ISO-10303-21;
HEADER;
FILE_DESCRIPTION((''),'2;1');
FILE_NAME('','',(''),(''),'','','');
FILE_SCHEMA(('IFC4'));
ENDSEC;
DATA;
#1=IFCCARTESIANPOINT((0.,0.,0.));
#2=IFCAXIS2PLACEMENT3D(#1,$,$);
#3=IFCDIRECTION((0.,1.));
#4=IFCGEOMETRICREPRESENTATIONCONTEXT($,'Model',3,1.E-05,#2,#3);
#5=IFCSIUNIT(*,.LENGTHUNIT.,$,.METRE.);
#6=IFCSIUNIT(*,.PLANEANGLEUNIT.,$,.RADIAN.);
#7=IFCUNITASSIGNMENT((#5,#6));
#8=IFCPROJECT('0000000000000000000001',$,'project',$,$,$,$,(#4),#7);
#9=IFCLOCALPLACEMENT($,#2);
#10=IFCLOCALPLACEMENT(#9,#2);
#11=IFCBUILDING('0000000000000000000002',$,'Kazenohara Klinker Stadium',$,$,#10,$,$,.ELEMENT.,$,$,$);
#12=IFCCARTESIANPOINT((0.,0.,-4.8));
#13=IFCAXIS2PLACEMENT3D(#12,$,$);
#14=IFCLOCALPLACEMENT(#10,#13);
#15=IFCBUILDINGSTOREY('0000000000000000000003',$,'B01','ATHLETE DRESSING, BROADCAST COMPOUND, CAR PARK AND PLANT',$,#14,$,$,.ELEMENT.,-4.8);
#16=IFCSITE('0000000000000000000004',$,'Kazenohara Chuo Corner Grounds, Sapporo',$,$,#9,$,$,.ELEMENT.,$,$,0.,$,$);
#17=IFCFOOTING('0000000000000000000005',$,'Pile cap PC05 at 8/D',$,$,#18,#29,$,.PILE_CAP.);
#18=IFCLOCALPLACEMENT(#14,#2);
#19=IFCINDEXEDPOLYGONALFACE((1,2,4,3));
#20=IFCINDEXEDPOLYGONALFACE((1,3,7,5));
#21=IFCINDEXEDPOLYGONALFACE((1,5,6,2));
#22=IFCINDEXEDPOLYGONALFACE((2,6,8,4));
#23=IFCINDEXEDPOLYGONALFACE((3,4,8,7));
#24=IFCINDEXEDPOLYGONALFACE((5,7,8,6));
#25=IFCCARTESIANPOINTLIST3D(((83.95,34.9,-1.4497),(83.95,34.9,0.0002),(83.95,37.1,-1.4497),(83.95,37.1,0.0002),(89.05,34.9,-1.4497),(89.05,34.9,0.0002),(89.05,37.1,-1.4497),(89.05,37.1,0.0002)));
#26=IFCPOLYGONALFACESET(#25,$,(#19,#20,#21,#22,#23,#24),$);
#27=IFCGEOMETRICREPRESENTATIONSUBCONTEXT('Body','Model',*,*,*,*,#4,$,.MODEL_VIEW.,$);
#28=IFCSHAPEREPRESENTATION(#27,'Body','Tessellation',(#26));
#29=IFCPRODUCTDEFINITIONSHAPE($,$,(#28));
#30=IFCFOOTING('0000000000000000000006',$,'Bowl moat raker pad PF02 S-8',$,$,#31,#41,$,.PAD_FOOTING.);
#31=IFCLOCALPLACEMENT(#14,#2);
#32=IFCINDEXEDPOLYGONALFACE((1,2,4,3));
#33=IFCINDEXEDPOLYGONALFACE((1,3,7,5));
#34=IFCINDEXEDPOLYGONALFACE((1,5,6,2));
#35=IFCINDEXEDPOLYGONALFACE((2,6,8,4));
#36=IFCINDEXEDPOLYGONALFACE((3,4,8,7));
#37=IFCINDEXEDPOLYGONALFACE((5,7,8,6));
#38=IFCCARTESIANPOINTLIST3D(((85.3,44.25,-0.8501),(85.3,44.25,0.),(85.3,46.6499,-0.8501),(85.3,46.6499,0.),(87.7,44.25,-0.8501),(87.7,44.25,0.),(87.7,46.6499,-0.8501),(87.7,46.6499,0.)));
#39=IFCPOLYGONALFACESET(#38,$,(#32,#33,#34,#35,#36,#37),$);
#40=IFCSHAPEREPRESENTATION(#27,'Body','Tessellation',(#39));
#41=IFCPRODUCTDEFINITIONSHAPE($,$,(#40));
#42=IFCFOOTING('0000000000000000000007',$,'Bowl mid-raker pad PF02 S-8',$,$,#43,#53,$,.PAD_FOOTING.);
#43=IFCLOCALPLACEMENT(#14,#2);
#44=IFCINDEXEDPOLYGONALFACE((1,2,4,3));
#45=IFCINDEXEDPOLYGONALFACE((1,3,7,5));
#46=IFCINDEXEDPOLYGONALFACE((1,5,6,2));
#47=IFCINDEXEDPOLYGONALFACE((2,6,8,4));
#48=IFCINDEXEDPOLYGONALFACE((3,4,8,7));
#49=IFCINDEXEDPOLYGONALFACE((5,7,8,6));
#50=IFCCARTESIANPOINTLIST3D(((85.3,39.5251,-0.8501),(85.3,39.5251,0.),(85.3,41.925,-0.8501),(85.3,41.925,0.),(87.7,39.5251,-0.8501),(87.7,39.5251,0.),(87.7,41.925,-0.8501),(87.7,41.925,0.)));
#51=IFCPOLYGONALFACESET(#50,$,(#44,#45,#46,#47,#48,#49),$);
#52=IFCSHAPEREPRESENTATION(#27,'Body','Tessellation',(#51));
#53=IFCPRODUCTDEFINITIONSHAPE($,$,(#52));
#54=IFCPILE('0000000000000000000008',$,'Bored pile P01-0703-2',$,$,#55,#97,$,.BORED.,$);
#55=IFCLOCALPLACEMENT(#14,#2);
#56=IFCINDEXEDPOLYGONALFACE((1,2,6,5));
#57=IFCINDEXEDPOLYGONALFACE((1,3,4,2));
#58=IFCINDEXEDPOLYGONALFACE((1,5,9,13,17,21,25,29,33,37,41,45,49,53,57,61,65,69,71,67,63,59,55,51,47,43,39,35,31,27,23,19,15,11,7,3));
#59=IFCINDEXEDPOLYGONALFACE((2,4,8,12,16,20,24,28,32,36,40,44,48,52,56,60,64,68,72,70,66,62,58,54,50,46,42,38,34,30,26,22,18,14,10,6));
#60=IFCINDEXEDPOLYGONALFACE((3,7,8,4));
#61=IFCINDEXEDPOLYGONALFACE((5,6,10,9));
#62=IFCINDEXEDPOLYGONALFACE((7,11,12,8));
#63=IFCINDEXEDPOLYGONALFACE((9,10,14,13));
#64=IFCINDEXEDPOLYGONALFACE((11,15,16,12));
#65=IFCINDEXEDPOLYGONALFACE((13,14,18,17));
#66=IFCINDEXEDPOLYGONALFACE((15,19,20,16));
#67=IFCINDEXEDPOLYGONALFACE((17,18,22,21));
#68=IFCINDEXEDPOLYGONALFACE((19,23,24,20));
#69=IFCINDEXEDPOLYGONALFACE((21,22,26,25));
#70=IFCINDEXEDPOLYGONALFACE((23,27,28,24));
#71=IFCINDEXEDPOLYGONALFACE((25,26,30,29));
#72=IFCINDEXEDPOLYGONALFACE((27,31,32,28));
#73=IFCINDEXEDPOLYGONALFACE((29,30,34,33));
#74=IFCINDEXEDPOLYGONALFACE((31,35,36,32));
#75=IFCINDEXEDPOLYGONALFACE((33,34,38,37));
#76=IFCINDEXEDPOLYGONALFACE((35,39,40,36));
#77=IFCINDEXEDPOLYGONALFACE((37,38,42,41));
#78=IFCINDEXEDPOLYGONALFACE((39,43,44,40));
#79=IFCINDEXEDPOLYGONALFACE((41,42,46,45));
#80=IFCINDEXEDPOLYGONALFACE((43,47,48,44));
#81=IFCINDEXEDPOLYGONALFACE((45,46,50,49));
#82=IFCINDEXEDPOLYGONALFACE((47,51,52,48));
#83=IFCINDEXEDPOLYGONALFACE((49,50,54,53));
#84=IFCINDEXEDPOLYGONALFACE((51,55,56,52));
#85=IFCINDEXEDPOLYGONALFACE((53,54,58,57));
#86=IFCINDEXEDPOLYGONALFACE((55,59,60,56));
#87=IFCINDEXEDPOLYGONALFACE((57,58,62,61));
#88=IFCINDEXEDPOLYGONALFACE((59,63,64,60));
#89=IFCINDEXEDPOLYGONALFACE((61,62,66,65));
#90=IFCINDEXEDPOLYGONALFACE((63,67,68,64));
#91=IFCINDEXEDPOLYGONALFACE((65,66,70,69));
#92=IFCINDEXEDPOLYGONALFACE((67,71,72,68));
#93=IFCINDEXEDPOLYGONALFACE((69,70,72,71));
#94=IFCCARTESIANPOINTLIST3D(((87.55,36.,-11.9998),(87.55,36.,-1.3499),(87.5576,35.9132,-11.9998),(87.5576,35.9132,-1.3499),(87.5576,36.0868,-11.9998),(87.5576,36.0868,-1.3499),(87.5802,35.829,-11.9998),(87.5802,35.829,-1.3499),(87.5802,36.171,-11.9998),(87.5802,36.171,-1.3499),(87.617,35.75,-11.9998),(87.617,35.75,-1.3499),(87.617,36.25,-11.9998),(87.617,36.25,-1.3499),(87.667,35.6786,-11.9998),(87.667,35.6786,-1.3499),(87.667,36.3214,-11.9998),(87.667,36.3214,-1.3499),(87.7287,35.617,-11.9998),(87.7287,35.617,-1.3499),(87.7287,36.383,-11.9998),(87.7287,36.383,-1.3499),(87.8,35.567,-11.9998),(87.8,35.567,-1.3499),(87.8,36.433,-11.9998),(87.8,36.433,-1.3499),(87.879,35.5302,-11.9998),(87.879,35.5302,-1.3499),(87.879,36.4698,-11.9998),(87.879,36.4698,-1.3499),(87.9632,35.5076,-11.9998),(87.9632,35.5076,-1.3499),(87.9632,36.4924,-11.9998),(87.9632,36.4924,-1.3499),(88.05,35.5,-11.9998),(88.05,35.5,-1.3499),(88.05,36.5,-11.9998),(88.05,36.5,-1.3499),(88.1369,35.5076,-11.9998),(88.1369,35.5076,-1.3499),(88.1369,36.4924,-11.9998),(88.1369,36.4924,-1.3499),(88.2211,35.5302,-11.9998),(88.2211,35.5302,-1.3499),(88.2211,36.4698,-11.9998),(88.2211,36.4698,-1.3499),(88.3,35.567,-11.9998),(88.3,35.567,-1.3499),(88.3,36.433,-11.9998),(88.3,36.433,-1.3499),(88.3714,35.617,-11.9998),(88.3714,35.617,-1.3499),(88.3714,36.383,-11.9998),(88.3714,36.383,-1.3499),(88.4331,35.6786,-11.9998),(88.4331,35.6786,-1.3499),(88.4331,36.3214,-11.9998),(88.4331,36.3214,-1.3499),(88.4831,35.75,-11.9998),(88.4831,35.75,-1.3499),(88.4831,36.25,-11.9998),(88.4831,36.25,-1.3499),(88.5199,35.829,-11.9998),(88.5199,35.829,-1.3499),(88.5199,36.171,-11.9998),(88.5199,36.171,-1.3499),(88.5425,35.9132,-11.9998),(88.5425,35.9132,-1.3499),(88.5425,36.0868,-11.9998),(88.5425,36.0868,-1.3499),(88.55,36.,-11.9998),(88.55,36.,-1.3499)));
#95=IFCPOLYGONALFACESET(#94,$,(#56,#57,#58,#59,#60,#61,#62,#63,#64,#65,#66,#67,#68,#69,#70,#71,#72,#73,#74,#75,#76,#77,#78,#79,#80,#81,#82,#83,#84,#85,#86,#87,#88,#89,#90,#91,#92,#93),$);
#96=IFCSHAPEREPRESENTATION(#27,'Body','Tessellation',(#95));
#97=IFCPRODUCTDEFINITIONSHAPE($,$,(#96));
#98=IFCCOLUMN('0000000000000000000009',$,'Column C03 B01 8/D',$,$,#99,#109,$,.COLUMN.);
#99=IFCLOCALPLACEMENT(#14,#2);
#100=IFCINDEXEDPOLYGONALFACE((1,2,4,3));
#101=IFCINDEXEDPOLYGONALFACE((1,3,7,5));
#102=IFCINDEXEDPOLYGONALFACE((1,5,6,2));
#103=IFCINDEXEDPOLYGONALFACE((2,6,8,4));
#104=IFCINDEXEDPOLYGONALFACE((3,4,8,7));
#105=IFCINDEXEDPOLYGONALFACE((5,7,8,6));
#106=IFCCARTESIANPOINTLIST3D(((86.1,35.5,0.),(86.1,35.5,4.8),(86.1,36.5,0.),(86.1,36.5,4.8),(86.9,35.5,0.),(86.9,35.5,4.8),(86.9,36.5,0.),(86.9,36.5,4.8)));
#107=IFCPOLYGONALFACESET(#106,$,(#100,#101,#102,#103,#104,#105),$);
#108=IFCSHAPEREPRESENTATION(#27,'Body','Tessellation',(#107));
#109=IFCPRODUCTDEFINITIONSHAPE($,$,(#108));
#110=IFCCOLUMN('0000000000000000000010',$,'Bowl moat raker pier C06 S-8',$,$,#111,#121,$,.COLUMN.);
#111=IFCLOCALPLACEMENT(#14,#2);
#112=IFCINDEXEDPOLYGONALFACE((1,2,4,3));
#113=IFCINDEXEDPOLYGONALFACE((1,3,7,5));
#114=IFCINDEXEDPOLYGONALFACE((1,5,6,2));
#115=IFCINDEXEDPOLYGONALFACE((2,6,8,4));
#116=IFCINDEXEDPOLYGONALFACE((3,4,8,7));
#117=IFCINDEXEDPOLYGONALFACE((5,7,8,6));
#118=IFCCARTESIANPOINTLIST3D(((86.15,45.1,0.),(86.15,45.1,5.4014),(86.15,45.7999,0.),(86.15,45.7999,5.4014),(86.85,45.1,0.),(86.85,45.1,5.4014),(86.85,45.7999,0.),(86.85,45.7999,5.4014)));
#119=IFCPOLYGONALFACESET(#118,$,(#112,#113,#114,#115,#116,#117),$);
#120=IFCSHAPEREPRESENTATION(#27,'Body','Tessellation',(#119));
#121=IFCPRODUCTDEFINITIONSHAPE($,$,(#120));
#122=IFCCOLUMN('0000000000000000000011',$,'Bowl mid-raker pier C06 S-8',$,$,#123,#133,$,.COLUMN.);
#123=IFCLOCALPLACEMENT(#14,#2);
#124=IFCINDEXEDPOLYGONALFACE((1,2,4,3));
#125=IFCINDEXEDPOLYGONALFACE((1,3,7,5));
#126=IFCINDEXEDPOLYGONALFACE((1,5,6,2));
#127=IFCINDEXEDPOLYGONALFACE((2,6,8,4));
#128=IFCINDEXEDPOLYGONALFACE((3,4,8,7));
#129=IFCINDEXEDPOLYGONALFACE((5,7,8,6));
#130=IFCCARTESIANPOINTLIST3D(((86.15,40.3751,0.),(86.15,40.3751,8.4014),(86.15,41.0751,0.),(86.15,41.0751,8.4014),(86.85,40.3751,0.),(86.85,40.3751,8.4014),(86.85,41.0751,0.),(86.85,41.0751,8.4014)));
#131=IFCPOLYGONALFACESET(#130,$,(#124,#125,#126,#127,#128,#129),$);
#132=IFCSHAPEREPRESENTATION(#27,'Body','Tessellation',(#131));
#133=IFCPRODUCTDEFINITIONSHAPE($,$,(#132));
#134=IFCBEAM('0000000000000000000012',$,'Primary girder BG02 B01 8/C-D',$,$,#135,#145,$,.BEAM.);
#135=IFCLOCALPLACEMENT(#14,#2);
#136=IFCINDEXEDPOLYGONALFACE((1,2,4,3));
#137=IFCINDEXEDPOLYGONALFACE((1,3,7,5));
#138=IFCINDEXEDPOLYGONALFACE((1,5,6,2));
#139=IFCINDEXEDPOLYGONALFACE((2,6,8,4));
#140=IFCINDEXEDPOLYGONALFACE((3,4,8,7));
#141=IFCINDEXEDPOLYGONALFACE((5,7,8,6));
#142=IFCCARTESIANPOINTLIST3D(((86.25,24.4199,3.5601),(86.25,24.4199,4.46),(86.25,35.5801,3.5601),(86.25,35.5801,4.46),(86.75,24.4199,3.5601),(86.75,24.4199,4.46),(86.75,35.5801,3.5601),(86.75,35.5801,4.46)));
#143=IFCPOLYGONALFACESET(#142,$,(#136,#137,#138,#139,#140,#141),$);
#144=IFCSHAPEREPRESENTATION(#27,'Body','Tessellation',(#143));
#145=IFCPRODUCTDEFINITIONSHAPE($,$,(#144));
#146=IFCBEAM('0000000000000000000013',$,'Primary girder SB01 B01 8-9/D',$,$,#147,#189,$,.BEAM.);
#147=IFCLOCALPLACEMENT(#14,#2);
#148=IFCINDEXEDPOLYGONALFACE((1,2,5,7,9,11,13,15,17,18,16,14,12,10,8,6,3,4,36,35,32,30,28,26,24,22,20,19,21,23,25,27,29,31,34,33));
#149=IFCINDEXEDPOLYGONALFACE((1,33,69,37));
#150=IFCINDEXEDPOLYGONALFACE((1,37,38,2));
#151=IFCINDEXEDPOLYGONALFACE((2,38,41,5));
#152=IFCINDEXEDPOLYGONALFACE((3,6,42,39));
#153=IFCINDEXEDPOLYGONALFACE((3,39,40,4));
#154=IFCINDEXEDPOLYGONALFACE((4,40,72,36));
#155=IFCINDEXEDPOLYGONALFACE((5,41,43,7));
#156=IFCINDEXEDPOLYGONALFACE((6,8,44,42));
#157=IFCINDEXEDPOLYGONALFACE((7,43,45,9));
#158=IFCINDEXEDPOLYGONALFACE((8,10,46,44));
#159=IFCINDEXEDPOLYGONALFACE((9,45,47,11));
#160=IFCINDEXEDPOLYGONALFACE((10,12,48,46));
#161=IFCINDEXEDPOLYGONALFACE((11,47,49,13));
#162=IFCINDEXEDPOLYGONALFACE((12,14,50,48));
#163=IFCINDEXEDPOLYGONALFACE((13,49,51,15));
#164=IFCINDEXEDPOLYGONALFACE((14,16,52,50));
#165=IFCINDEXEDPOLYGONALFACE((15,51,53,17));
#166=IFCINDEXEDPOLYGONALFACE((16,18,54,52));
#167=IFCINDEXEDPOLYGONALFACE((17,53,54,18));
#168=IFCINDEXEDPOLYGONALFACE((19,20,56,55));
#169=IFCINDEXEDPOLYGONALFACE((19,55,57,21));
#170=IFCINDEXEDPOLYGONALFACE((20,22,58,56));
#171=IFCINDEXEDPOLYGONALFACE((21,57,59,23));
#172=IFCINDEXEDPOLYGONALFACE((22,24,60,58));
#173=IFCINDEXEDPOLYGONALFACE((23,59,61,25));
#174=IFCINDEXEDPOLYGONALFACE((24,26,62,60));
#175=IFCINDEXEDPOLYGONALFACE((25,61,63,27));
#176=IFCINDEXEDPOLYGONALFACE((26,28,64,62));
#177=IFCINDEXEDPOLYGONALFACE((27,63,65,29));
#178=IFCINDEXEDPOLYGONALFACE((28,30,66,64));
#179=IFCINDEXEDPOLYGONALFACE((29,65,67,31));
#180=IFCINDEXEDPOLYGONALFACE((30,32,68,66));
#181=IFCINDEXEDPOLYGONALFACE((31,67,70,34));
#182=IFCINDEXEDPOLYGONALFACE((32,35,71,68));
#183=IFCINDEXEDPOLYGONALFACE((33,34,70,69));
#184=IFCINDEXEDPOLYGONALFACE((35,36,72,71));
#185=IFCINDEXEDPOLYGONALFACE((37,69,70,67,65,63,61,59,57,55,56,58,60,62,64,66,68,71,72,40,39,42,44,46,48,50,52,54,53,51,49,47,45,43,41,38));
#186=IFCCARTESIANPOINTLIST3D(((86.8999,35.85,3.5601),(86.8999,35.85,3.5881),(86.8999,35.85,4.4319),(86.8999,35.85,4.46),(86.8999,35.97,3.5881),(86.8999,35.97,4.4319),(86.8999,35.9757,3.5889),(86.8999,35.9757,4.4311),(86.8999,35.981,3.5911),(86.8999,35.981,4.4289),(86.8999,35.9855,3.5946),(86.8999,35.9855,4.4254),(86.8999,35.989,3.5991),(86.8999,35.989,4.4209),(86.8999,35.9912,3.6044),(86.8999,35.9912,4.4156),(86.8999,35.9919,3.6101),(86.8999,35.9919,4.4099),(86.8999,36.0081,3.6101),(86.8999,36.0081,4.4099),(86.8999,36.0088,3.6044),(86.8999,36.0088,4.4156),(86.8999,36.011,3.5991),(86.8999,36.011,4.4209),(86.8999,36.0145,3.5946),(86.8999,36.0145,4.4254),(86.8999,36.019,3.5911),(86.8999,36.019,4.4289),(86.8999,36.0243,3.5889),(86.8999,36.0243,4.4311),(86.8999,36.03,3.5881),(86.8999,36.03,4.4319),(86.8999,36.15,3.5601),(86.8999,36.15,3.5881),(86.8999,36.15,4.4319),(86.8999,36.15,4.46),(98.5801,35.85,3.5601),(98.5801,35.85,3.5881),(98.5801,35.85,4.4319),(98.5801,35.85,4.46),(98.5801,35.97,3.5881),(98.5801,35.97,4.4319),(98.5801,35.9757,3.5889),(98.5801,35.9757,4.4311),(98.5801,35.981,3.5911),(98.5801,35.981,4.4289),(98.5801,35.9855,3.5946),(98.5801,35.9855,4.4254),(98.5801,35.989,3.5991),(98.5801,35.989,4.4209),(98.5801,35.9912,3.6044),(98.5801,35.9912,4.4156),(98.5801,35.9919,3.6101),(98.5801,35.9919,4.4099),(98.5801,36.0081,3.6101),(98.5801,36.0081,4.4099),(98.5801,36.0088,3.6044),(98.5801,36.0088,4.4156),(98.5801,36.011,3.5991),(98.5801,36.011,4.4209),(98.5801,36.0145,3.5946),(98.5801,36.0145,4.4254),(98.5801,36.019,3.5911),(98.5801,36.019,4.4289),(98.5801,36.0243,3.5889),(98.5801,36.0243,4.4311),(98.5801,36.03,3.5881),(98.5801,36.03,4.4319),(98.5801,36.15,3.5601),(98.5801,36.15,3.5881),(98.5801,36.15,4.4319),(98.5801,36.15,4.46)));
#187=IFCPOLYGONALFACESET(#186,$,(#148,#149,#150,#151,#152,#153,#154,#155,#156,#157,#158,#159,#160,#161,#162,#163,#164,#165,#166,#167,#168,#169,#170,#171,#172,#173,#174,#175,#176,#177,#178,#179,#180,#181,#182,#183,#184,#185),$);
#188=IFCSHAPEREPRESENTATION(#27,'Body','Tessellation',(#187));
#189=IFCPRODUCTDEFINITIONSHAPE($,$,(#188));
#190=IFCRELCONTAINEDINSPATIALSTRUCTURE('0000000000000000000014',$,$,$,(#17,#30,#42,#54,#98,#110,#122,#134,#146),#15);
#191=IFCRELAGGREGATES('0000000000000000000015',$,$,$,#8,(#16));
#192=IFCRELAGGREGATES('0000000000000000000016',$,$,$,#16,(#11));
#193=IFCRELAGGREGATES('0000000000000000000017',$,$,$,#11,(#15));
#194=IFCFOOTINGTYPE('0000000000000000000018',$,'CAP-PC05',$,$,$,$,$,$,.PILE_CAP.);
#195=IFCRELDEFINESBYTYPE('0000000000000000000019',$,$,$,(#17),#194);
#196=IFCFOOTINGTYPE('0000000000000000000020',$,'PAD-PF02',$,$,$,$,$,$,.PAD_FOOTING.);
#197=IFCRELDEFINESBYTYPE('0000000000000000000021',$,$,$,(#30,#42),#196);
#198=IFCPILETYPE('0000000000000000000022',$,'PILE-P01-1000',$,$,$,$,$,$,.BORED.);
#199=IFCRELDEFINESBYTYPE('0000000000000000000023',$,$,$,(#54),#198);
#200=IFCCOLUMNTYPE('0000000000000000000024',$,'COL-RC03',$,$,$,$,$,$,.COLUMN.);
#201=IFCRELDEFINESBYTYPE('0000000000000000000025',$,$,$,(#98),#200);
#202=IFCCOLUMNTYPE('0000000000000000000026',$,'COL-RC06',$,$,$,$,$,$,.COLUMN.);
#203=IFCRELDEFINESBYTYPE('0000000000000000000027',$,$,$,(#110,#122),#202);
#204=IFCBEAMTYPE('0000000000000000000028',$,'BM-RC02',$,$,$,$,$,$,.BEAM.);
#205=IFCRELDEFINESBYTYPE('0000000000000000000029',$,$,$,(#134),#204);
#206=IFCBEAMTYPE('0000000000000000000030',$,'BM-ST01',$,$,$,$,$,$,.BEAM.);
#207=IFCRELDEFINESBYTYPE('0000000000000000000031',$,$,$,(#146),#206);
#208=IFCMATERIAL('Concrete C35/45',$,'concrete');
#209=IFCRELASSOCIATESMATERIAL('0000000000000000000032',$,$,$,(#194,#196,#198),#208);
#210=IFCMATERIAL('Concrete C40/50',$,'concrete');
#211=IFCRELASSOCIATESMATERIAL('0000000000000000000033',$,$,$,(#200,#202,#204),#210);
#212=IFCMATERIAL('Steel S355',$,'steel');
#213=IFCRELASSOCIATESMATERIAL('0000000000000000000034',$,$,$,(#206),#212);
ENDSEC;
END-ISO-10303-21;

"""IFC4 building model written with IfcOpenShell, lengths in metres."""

from ifc_helpers import new_model, si_unit, direction, frame, origin, origin_2d, place, context, subcontext, project, spatial, rectangle, circle, i_section, extrude, material, material_profile, profile_set, type_object, element, save


model = new_model("IFC4")

# Units and contexts
model_context = context("Model", 3, precision=1e-05, world=origin(), true_north=direction((0.0, 1.0)))
body_context = subcontext(model_context, "Body", "Model", "MODEL_VIEW")
ifc_project = project(units=[si_unit("LENGTHUNIT", "METRE"), si_unit("PLANEANGLEUNIT", "RADIAN")], contexts=[model_context])

# Site, building, storey
site_placement = place(None, origin())
site = spatial("IfcSite", under=ifc_project, at=site_placement, Name="Kazenohara Chuo Corner Grounds, Sapporo", CompositionType="ELEMENT", RefElevation=0.0)
building_placement = place(site_placement, origin())
building = spatial("IfcBuilding", under=site, at=building_placement, Name="Kazenohara Klinker Stadium", CompositionType="ELEMENT")
storey_placement = place(building_placement, frame((0.0, 0.0, -4.8)))
storey = spatial("IfcBuildingStorey", under=building, at=storey_placement, Name="B01", Description="ATHLETE DRESSING, BROADCAST COMPOUND, CAR PARK AND PLANT", CompositionType="ELEMENT", Elevation=-4.8)

# Footings
ifc_material_1 = material(Name="Concrete C35/45", Category="concrete")
footing_type_1 = type_object("IfcFootingType", Name="CAP-PC05", PredefinedType="PILE_CAP", material=ifc_material_1)
footing_placement = place(storey_placement, frame((86.5, 36.0, -1.4497), z_axis=(0.0, 0.0, 1.0), x_axis=(1.0, 0.0, 0.0)))
element("IfcFooting", 1, at=footing_placement, inside=storey, type_object=footing_type_1, Name="Pile cap PC05 at 8/D", PredefinedType="PILE_CAP", context=body_context, shape_type="SweptSolid", body=[
    extrude(rectangle(XDim=5.1001, YDim=2.2, at=origin_2d()), origin(), (0.0, 0.0, 1.0), 1.45),
])
footing_type_2 = type_object("IfcFootingType", Name="PAD-PF02", PredefinedType="PAD_FOOTING", material=ifc_material_1)
for number, where, z_axis, x_axis, name in (
    (2, (86.5, 45.45, -0.8501), (0.0, 0.0, 1.0), (1.0, 0.0, 0.0), "Bowl moat raker pad PF02 S-8"),
    (3, (86.5, 40.7251, -0.8501), (0.0, 0.0, 1.0), (1.0, 0.0, 0.0), "Bowl mid-raker pad PF02 S-8"),
):
    element("IfcFooting", number, at=place(storey_placement, frame(where, z_axis=z_axis, x_axis=x_axis)), inside=storey, type_object=footing_type_2, Name=name, PredefinedType="PAD_FOOTING", context=body_context, shape_type="SweptSolid", body=[
        extrude(rectangle(XDim=2.3999, YDim=2.3999, at=origin_2d()), origin(), (0.0, 0.0, 1.0), 0.8501),
    ])

# Pile
ifc_material_profile_1 = material_profile(ifc_material_1, circle(Radius=0.5, at=origin_2d()), Name="BORED-PILE-1000")
ifc_profile_set_1 = profile_set([ifc_material_profile_1], Name="Concrete C35/45")
pile_type = type_object("IfcPileType", Name="PILE-P01-1000", PredefinedType="BORED", material=ifc_profile_set_1)
pile_placement = place(storey_placement, frame((88.05, 36.0, -1.3499), z_axis=(0.0, 0.0, -1.0), x_axis=(1.0, 0.0, 0.0)))
element("IfcPile", 4, at=pile_placement, inside=storey, type_object=pile_type, Name="Bored pile P01-0703-2", PredefinedType="BORED", context=body_context, shape_type="SweptSolid", body=[
    extrude(circle(Radius=0.5, at=origin_2d()), origin(), (0.0, 0.0, 1.0), 10.6499),
])

# Columns
ifc_material_2 = material(Name="Concrete C40/50", Category="concrete")
ifc_material_profile_2 = material_profile(ifc_material_2, rectangle(XDim=0.8, YDim=1.0, at=origin_2d()), Name="RC-COL-1000x800")
ifc_profile_set_2 = profile_set([ifc_material_profile_2], Name="Concrete C40/50")
column_type_1 = type_object("IfcColumnType", Name="COL-RC03", PredefinedType="COLUMN", material=ifc_profile_set_2)
column_1_placement = place(storey_placement, frame((86.5, 36.0, 0.0), z_axis=(0.0, 0.0, 1.0), x_axis=(1.0, 0.0, 0.0)))
element("IfcColumn", 5, at=column_1_placement, inside=storey, type_object=column_type_1, Name="Column C03 B01 8/D", PredefinedType="COLUMN", context=body_context, shape_type="SweptSolid", body=[
    extrude(rectangle(XDim=0.8, YDim=1.0, at=origin_2d()), origin(), (0.0, 0.0, 1.0), 4.8),
])
ifc_material_profile_3 = material_profile(ifc_material_2, rectangle(XDim=0.7, YDim=0.7, at=origin_2d()), Name="RC-COL-700x700")
ifc_profile_set_3 = profile_set([ifc_material_profile_3], Name="Concrete C40/50")
column_type_2 = type_object("IfcColumnType", Name="COL-RC06", PredefinedType="COLUMN", material=ifc_profile_set_3)
column_2_placement = place(storey_placement, frame((86.5, 45.45, 0.0), z_axis=(0.0, 0.0, 1.0), x_axis=(1.0, 0.0, 0.0)))
element("IfcColumn", 6, at=column_2_placement, inside=storey, type_object=column_type_2, Name="Bowl moat raker pier C06 S-8", PredefinedType="COLUMN", context=body_context, shape_type="SweptSolid", body=[
    extrude(rectangle(XDim=0.7, YDim=0.7, at=origin_2d()), origin(), (0.0, 0.0, 1.0), 5.4014),
])
column_3_placement = place(storey_placement, frame((86.5, 40.7251, 0.0), z_axis=(0.0, 0.0, 1.0), x_axis=(1.0, 0.0, 0.0)))
element("IfcColumn", 7, at=column_3_placement, inside=storey, type_object=column_type_2, Name="Bowl mid-raker pier C06 S-8", PredefinedType="COLUMN", context=body_context, shape_type="SweptSolid", body=[
    extrude(rectangle(XDim=0.7, YDim=0.7, at=origin_2d()), origin(), (0.0, 0.0, 1.0), 8.4014),
])

# Beams
ifc_material_profile_4 = material_profile(ifc_material_2, rectangle(XDim=0.5, YDim=0.8999, at=origin_2d()), Name="RC-BM-500x900")
ifc_profile_set_4 = profile_set([ifc_material_profile_4], Name="Concrete C40/50")
beam_type_1 = type_object("IfcBeamType", Name="BM-RC02", PredefinedType="BEAM", material=ifc_profile_set_4)
beam_1_placement = place(storey_placement, frame((86.5, 24.4199, 4.01), z_axis=(0.0, 1.0, 0.0), x_axis=(-1.0, 0.0, 0.0)))
element("IfcBeam", 8, at=beam_1_placement, inside=storey, type_object=beam_type_1, Name="Primary girder BG02 B01 8/C-D", PredefinedType="BEAM", context=body_context, shape_type="SweptSolid", body=[
    extrude(rectangle(XDim=0.5, YDim=0.8999, at=origin_2d()), origin(), (0.0, 0.0, 1.0), 11.1602),
])
ifc_material_3 = material(Name="Steel S355", Category="steel")
ifc_material_profile_5 = material_profile(ifc_material_3, i_section(OverallWidth=0.3, OverallDepth=0.8999, WebThickness=0.0161, FlangeThickness=0.0281, FilletRadius=0.022, at=origin_2d()), Name="H-900x300x16x28")
ifc_profile_set_5 = profile_set([ifc_material_profile_5], Name="Steel S355")
beam_type_2 = type_object("IfcBeamType", Name="BM-ST01", PredefinedType="BEAM", material=ifc_profile_set_5)
beam_2_placement = place(storey_placement, frame((86.8999, 36.0, 4.01), z_axis=(1.0, 0.0, 0.0), x_axis=(0.0, 1.0, 0.0)))
element("IfcBeam", 9, at=beam_2_placement, inside=storey, type_object=beam_type_2, Name="Primary girder SB01 B01 8-9/D", PredefinedType="BEAM", context=body_context, shape_type="SweptSolid", body=[
    extrude(i_section(OverallWidth=0.3, OverallDepth=0.8999, WebThickness=0.0161, FlangeThickness=0.0281, FilletRadius=0.022, at=origin_2d()), origin(), (0.0, 0.0, 1.0), 11.6802),
])

save(model, "model.ifc")
